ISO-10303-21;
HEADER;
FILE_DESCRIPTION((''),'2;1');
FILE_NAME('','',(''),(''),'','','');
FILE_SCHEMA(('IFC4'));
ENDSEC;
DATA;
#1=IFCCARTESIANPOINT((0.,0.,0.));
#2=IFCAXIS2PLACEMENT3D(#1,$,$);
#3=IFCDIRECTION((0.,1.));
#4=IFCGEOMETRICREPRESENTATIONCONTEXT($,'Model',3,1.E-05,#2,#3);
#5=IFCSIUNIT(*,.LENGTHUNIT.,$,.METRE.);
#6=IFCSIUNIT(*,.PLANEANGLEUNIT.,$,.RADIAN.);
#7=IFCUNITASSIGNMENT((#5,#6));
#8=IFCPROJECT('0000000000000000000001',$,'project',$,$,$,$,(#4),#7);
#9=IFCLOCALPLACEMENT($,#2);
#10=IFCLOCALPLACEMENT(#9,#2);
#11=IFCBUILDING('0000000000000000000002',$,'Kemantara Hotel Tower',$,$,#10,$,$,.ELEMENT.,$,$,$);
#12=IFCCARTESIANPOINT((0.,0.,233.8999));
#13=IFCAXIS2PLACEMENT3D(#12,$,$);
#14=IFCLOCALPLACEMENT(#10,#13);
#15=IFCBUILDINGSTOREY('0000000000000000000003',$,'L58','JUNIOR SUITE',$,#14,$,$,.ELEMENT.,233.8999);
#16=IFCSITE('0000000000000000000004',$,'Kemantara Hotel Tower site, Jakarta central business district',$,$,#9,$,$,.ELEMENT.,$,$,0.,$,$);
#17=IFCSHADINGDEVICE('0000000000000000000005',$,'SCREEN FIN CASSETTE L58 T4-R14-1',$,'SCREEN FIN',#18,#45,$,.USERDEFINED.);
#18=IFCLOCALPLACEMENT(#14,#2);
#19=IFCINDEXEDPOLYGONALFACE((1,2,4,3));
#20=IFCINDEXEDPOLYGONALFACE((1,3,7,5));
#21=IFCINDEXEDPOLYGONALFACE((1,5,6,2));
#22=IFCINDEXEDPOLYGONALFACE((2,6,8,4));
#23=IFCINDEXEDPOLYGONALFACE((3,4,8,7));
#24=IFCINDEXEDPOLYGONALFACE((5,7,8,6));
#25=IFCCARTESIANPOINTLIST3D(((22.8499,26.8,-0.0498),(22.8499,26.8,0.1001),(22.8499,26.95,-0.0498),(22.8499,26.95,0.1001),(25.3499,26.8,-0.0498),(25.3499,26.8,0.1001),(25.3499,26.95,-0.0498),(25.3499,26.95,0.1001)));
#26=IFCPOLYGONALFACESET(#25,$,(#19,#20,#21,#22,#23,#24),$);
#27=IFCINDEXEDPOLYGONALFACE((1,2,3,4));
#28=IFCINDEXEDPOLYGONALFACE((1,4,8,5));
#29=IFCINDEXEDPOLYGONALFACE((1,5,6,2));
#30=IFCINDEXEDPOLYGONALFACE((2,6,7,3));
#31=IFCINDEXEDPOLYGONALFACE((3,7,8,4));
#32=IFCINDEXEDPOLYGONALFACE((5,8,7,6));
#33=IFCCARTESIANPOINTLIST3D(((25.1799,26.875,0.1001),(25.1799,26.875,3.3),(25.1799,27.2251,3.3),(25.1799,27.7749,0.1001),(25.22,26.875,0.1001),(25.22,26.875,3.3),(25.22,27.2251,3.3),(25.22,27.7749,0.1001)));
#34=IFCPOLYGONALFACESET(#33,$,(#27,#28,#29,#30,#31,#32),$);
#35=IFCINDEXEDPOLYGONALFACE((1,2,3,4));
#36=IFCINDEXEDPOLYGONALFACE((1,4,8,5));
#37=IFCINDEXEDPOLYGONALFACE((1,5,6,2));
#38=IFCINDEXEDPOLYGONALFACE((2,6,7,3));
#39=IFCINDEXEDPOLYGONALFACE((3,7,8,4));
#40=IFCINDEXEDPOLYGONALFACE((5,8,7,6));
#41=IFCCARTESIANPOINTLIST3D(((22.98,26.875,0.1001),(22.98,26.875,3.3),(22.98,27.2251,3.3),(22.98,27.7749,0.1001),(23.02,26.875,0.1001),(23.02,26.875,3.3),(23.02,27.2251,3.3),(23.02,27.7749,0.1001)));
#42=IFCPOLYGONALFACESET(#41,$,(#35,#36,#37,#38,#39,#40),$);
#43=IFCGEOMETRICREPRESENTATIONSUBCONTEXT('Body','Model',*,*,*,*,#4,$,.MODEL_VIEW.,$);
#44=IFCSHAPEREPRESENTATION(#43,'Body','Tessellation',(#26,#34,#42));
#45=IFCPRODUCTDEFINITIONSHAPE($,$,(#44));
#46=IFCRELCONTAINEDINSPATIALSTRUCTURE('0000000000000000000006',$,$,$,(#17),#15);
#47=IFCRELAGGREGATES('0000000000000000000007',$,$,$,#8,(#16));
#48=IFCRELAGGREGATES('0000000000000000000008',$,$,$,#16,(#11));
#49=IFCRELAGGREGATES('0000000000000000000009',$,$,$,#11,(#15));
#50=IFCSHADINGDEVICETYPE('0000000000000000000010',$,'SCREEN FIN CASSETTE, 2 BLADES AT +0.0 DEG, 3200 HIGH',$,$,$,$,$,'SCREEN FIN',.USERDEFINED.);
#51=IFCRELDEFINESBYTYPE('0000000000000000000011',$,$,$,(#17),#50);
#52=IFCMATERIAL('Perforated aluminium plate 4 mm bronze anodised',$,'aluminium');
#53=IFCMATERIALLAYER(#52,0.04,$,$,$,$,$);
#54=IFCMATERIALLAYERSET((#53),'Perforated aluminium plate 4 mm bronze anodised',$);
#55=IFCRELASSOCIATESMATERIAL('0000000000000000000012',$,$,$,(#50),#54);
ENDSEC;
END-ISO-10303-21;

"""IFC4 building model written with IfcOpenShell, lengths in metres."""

from ifc_helpers import new_model, si_unit, direction, frame, origin, origin_2d, place, context, subcontext, project, spatial, polyline, rectangle, outline, extrude, source, transform, mapped, material, layer, layer_set, type_object, element, save


model = new_model("IFC4")

# Units and contexts
model_context = context("Model", 3, precision=1e-05, world=origin(), true_north=direction((0.0, 1.0)))
body_context = subcontext(model_context, "Body", "Model", "MODEL_VIEW")
ifc_project = project(units=[si_unit("LENGTHUNIT", "METRE"), si_unit("PLANEANGLEUNIT", "RADIAN")], contexts=[model_context])

# Site, building, storey
site_placement = place(None, origin())
site = spatial("IfcSite", under=ifc_project, at=site_placement, Name="Kemantara Hotel Tower site, Jakarta central business district", CompositionType="ELEMENT", RefElevation=0.0)
building_placement = place(site_placement, origin())
building = spatial("IfcBuilding", under=site, at=building_placement, Name="Kemantara Hotel Tower", CompositionType="ELEMENT")
storey_placement = place(building_placement, frame((0.0, 0.0, 233.8999)))
storey = spatial("IfcBuildingStorey", under=building, at=storey_placement, Name="L58", Description="JUNIOR SUITE", CompositionType="ELEMENT", Elevation=233.8999)

# Shading device
ifc_material_1 = material(Name="Perforated aluminium plate 4 mm bronze anodised", Category="aluminium")
ifc_layer_1 = layer(ifc_material_1, 0.04)
ifc_layer_set_1 = layer_set([ifc_layer_1], Name="Perforated aluminium plate 4 mm bronze anodised")
shading_device_type_1 = type_object("IfcShadingDeviceType", Name="SCREEN FIN CASSETTE, 2 BLADES AT +0.0 DEG, 3200 HIGH", ElementType="SCREEN FIN", PredefinedType="USERDEFINED", material=ifc_layer_set_1)
shared_shape_1 = source(origin(), body_context, "Body", "SweptSolid", [
    extrude(rectangle(XDim=2.5, YDim=0.1499, at=origin_2d()), frame((1.1001, -0.075, -0.1499), z_axis=(0.0, 0.0, 1.0), x_axis=(1.0, 0.0, 0.0)), (0.0, 0.0, 1.0), 0.1499),
    extrude(outline(polyline([(0.0, 0.0), (0.8999, 0.0), (0.3501, 3.2), (0.0, 3.2), (0.0, 0.0)])), frame((0.02, -0.075, 0.0), z_axis=(-1.0, 0.0, 0.0), x_axis=(0.0, -1.0, 0.0)), (0.0, 0.0, 1.0), 0.04),
    extrude(outline(polyline([(0.0, 0.0), (0.8999, 0.0), (0.3501, 3.2), (0.0, 3.2), (0.0, 0.0)])), frame((2.22, -0.075, 0.0), z_axis=(-1.0, 0.0, 0.0), x_axis=(0.0, -1.0, 0.0)), (0.0, 0.0, 1.0), 0.04),
])
for number, where, z_axis, x_axis, name in (
    (1, (25.2, 26.8, 0.1001), (0.0, 0.0, 1.0), (-1.0, 0.0, 0.0), "SCREEN FIN CASSETTE L58 T4-R14-1"),
):
    element("IfcShadingDevice", number, at=place(storey_placement, frame(where, z_axis=z_axis, x_axis=x_axis)), inside=storey, type_object=shading_device_type_1, Name=name, ObjectType="SCREEN FIN", PredefinedType="USERDEFINED", context=body_context, shape_type="MappedRepresentation", body=[
        mapped(shared_shape_1, transform((0.0, 0.0, 0.0))),
    ])

save(model, "model.ifc")
